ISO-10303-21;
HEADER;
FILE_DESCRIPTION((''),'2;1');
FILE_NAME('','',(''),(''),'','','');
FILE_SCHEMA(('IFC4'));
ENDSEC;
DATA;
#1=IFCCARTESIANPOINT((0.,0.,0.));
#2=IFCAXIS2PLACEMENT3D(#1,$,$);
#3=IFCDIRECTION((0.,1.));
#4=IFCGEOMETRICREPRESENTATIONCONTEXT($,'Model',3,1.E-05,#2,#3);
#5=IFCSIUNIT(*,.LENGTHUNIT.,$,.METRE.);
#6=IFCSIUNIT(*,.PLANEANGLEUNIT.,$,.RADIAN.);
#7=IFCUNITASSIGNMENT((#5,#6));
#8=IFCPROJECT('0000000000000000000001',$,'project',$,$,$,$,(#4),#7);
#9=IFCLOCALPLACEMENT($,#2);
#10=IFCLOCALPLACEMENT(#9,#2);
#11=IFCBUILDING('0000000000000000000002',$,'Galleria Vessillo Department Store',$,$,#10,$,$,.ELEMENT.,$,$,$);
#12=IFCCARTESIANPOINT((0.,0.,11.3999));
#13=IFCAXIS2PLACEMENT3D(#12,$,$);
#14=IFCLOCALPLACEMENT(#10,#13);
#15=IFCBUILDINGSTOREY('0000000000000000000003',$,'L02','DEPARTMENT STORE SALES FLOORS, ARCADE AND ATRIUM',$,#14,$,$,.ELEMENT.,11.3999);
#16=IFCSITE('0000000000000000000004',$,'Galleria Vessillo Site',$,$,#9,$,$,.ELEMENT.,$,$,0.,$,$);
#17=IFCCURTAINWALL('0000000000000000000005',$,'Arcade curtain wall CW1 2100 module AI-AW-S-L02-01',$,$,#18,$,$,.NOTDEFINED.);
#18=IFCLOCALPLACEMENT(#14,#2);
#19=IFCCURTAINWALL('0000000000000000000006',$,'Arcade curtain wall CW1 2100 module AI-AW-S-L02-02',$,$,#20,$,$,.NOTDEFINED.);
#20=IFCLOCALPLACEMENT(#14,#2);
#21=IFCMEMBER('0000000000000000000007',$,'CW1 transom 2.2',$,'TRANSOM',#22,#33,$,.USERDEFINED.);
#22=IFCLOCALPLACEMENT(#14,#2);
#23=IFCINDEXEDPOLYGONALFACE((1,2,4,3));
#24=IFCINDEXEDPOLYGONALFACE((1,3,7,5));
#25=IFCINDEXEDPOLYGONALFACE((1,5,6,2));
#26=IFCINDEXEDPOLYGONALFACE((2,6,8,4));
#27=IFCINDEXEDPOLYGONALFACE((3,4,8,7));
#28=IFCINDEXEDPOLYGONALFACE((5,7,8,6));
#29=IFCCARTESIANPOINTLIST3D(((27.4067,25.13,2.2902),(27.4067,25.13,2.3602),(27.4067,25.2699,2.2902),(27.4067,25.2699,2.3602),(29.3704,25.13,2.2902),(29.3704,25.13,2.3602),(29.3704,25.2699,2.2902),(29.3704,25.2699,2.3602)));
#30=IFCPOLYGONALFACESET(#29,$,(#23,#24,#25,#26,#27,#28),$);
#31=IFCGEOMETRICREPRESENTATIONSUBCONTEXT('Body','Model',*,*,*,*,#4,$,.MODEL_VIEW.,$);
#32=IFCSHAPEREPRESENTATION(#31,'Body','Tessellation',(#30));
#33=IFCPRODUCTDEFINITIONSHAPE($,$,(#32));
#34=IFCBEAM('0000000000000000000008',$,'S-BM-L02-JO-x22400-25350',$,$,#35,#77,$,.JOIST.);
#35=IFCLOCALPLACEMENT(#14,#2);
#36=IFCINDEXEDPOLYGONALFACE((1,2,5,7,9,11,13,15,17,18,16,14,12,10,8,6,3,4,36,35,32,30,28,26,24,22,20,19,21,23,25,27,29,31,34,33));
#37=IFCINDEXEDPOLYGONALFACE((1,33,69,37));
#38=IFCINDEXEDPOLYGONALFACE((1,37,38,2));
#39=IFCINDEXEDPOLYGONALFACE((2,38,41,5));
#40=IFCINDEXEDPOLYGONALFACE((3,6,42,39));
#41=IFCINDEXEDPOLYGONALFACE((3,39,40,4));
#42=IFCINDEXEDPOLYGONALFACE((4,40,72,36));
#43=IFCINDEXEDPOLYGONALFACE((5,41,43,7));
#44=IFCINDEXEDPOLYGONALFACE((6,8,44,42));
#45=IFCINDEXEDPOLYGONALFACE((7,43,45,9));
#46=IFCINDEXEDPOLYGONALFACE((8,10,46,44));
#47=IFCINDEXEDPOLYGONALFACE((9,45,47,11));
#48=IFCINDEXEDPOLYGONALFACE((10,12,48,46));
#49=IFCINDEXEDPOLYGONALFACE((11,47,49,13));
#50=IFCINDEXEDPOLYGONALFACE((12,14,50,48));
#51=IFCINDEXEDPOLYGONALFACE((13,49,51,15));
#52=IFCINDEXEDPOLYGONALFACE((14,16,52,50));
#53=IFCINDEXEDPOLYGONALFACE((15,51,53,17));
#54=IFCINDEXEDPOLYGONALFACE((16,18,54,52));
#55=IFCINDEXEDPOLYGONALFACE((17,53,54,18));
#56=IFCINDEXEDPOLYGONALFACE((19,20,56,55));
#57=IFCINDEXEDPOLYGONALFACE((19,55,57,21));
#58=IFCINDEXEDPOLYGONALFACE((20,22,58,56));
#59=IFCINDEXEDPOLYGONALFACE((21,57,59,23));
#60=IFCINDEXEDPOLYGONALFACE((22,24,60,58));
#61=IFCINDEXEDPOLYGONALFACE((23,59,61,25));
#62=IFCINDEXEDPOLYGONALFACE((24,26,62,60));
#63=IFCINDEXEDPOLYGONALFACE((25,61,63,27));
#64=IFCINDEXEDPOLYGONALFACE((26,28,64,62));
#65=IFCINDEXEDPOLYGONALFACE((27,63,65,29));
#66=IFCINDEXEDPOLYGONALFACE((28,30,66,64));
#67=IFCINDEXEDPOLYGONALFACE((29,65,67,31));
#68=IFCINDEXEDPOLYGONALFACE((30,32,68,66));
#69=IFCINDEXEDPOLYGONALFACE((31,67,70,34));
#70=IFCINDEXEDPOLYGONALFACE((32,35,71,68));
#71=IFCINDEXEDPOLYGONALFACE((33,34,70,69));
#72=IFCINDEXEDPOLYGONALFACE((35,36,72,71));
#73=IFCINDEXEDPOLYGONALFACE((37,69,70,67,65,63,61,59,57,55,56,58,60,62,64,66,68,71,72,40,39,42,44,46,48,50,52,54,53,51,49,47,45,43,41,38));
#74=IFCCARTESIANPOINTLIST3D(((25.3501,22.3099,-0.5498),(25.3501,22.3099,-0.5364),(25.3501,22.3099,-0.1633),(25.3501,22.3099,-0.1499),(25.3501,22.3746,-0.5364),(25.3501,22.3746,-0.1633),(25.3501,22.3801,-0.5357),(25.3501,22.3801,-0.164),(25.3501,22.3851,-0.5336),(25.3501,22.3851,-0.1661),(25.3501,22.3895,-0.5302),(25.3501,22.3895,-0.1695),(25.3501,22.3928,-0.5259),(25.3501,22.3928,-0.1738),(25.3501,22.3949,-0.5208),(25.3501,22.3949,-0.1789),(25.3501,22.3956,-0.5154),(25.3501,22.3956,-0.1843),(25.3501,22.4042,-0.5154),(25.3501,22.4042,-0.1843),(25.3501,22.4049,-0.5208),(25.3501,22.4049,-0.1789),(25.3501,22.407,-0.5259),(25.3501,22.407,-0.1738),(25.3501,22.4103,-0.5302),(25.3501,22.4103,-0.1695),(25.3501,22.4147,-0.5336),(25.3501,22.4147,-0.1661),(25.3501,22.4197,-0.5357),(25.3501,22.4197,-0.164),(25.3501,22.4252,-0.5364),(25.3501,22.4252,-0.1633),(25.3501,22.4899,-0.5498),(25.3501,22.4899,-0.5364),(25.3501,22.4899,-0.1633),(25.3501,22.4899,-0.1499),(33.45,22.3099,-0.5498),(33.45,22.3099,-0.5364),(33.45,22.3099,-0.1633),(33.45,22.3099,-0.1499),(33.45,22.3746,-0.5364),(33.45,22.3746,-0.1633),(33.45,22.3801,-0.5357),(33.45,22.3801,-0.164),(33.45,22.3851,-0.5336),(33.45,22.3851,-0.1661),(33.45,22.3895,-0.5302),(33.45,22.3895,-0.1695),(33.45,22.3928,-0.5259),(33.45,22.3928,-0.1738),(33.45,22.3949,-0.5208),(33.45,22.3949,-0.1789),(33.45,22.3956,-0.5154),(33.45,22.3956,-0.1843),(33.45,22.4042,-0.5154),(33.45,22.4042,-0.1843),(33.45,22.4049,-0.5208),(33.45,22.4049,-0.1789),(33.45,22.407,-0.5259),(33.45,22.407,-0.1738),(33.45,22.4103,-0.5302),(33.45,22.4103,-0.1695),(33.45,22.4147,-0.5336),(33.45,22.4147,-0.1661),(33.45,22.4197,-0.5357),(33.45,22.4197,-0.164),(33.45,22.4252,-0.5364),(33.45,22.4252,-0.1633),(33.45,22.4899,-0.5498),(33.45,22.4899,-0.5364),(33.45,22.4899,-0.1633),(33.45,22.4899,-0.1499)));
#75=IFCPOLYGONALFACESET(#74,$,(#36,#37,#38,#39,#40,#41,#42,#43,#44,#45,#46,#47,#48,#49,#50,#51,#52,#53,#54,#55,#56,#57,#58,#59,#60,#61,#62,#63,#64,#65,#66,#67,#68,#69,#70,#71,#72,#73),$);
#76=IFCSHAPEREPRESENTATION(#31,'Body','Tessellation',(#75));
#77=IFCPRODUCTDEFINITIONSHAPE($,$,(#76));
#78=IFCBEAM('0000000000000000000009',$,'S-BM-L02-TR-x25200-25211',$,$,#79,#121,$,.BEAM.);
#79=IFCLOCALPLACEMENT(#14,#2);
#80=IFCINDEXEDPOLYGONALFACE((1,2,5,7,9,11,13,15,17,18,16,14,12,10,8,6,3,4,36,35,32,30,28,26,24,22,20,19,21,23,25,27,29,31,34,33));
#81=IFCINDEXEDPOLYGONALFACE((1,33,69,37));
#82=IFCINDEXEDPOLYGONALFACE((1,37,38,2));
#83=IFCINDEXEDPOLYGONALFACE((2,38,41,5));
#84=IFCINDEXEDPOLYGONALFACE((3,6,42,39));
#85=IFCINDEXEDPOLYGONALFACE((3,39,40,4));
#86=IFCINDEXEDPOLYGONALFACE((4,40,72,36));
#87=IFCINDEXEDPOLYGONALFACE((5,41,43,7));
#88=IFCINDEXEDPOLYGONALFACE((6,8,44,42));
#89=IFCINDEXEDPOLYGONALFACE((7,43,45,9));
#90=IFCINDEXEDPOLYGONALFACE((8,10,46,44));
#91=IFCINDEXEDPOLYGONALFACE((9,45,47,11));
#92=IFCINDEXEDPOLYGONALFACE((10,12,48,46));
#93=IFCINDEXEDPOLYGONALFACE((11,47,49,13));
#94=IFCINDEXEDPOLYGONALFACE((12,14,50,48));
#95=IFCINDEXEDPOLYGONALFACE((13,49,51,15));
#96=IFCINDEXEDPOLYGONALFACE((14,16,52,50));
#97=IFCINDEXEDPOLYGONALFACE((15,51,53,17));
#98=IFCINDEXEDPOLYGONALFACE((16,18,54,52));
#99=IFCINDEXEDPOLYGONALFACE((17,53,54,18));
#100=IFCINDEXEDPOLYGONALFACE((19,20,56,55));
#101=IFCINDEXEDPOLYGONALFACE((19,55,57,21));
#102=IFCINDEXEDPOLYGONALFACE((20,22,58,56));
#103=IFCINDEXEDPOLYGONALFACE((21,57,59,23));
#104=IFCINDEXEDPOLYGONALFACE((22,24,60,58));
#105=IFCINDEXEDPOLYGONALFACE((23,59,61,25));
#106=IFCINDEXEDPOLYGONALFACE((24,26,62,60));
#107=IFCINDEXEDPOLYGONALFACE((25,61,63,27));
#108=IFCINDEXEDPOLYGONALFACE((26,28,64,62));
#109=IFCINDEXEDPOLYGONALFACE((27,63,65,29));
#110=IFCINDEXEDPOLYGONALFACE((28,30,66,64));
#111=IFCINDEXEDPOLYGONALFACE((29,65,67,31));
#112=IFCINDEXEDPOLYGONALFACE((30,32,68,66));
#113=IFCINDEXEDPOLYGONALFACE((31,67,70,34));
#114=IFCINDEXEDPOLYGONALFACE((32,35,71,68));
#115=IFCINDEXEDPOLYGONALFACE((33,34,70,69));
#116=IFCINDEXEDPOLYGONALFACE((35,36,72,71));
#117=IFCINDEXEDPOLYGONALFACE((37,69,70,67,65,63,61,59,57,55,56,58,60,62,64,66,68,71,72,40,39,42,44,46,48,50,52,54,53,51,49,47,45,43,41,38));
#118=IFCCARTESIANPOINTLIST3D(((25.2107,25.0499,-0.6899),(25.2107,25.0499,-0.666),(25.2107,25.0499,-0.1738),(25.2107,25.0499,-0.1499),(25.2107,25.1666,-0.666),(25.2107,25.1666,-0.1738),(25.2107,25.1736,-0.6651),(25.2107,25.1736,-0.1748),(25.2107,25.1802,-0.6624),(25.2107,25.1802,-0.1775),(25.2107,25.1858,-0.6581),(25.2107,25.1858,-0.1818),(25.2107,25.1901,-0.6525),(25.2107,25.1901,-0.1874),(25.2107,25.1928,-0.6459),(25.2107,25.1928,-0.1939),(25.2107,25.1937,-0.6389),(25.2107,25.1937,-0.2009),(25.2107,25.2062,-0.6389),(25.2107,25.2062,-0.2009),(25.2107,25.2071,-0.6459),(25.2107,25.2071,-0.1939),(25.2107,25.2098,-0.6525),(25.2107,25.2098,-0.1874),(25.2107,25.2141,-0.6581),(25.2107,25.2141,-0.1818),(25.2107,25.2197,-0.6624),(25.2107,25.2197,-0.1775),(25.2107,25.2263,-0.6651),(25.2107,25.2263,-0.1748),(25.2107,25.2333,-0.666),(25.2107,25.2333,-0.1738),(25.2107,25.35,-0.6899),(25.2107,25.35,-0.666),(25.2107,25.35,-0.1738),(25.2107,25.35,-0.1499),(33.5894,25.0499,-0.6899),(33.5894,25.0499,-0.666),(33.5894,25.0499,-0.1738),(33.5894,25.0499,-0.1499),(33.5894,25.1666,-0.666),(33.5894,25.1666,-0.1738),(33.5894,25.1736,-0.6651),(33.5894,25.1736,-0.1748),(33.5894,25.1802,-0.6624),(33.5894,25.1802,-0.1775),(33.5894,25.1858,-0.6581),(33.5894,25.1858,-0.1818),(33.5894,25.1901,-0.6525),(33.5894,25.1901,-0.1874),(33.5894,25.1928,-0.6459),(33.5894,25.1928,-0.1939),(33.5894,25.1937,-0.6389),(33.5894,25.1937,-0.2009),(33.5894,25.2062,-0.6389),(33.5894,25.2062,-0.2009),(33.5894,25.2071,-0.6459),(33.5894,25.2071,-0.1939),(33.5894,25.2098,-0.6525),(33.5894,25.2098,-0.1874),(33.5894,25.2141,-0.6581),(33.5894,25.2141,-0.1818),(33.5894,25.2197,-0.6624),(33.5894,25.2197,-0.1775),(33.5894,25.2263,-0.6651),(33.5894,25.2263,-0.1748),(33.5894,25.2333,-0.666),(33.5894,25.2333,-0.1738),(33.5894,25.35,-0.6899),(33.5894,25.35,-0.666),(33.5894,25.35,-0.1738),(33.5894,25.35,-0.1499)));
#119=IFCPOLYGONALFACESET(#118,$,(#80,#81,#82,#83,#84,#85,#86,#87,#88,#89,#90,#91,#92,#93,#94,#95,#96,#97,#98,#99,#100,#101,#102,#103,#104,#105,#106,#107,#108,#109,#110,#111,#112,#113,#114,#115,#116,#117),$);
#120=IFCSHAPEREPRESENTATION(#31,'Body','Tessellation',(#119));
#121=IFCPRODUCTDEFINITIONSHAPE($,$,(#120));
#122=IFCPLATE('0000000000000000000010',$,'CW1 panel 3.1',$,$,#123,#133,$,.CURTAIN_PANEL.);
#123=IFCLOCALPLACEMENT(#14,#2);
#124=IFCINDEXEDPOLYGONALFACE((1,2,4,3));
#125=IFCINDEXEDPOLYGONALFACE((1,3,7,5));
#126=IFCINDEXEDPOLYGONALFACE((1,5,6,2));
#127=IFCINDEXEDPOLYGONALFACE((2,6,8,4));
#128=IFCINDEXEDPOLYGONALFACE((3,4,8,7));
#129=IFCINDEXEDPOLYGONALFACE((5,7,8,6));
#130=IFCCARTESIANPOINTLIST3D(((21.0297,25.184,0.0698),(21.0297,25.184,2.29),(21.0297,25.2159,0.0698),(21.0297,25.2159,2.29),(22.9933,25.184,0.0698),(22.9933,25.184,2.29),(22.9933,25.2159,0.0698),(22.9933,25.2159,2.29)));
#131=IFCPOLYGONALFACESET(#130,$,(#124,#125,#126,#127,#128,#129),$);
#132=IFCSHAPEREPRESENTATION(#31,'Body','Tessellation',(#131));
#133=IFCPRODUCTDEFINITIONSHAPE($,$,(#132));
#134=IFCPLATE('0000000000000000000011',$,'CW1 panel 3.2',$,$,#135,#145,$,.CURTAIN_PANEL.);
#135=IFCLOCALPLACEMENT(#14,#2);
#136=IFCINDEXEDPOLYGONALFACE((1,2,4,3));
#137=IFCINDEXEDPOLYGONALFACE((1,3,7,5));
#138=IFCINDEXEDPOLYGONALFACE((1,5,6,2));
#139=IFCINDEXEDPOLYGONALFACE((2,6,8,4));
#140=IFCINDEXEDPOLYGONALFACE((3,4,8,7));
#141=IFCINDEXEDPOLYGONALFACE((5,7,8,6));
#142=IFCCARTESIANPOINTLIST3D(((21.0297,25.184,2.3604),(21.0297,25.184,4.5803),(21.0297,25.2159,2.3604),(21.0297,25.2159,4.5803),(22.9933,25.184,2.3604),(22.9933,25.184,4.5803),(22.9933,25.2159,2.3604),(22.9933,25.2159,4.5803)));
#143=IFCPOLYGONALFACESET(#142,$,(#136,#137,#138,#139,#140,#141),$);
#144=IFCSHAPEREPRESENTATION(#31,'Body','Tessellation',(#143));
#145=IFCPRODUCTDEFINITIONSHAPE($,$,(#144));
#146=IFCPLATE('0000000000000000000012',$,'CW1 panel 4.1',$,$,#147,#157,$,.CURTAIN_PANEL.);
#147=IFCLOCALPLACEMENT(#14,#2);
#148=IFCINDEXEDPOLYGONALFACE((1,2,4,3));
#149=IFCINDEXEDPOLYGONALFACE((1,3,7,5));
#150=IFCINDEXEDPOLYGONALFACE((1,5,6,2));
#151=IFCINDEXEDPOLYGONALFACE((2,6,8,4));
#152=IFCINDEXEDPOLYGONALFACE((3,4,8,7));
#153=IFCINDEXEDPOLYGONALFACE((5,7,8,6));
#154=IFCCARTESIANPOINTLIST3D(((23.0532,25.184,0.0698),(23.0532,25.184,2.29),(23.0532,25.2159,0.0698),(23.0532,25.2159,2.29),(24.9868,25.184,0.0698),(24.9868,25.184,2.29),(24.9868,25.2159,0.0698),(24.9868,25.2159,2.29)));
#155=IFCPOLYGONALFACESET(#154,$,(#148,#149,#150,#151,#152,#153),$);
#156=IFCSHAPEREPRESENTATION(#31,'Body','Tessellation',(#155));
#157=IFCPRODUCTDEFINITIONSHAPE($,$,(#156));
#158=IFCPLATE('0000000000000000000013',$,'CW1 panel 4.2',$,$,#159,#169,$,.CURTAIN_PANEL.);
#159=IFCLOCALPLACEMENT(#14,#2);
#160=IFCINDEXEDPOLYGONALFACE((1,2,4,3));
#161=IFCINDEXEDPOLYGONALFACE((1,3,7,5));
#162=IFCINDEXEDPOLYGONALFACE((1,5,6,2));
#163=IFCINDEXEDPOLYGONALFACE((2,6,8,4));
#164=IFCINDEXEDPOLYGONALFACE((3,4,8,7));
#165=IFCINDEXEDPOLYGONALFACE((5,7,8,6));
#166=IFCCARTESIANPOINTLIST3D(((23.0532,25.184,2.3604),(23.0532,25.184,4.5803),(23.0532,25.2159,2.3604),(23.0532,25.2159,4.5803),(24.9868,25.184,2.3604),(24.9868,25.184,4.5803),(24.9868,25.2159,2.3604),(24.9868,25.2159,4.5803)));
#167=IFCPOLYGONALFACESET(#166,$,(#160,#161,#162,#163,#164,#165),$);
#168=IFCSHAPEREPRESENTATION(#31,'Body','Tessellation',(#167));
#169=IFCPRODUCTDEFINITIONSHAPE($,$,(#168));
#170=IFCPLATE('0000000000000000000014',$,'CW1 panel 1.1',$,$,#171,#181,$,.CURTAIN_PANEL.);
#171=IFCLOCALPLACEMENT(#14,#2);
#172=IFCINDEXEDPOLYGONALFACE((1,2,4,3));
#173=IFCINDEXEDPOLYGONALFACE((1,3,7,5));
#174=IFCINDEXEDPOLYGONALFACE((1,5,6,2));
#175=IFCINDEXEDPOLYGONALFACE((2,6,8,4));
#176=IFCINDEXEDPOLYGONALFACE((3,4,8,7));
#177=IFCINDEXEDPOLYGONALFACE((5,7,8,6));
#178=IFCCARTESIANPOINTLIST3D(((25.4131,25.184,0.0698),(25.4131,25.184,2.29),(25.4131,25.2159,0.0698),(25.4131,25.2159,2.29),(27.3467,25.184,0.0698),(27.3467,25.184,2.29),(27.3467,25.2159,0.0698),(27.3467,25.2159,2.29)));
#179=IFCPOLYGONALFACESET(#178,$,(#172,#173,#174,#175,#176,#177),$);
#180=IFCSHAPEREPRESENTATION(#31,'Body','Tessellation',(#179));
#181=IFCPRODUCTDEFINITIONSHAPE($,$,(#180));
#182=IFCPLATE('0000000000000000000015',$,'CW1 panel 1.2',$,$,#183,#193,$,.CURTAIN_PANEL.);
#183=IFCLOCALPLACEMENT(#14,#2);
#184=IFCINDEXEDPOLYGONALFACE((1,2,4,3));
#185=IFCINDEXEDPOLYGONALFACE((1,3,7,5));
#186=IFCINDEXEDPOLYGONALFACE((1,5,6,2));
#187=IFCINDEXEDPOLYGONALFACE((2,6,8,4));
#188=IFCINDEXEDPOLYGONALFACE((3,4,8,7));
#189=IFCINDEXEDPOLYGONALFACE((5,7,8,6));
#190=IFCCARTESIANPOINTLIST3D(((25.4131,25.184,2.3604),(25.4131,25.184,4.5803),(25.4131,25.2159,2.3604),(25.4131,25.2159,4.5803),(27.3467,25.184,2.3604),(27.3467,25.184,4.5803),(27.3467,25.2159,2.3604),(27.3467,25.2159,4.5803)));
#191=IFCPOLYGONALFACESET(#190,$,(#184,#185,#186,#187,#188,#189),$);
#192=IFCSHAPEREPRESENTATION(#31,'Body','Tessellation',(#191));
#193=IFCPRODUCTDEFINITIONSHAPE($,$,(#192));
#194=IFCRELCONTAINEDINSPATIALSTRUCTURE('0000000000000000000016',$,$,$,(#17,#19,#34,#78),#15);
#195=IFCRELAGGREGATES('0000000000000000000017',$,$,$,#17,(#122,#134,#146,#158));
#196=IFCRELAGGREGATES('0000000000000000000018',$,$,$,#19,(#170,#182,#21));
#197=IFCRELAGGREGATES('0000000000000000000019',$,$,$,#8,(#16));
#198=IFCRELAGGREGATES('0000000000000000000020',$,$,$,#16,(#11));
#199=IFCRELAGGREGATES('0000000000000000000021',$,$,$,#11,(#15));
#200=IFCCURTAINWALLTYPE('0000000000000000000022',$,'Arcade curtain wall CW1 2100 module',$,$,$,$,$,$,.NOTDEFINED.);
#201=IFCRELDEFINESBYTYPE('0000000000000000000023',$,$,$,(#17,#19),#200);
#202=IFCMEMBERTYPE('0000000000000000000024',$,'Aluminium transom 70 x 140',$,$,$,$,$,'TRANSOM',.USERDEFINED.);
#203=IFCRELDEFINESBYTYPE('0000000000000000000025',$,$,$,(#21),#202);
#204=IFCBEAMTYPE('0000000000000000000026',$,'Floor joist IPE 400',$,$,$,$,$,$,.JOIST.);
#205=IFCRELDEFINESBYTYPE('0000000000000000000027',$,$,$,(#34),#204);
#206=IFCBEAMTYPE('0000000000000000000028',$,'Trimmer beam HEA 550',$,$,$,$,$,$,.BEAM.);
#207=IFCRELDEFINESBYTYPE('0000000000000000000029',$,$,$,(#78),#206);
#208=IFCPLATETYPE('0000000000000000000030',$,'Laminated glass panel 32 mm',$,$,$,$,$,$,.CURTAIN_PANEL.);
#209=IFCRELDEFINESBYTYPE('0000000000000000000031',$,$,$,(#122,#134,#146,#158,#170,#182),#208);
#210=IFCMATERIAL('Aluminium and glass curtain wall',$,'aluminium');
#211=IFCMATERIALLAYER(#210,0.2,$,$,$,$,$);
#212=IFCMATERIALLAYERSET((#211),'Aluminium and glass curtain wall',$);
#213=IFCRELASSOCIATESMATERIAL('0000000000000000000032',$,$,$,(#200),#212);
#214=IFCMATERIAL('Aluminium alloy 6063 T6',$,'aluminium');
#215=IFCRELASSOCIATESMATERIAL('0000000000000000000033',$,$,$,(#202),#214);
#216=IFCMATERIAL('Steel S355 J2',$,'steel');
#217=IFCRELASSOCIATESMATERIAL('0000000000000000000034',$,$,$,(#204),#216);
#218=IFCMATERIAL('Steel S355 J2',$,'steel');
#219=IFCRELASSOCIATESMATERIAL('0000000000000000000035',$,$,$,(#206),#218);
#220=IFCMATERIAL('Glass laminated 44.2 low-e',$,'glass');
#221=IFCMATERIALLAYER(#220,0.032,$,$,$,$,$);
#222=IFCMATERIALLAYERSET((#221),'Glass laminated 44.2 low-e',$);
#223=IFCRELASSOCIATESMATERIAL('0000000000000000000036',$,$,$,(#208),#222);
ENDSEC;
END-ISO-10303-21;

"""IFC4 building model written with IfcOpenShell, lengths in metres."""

from ifc_helpers import new_model, si_unit, direction, frame, origin, origin_2d, place, context, subcontext, project, spatial, rectangle, i_section, extrude, material, layer, layer_set, material_profile, profile_set, type_object, element, aggregate, save


model = new_model("IFC4")

# Units and contexts
model_context = context("Model", 3, precision=1e-05, world=origin(), true_north=direction((0.0, 1.0)))
body_context = subcontext(model_context, "Body", "Model", "MODEL_VIEW")
ifc_project = project(units=[si_unit("LENGTHUNIT", "METRE"), si_unit("PLANEANGLEUNIT", "RADIAN")], contexts=[model_context])

# Site, building, storey
site_placement = place(None, origin())
site = spatial("IfcSite", under=ifc_project, at=site_placement, Name="Galleria Vessillo Site", CompositionType="ELEMENT", RefElevation=0.0)
building_placement = place(site_placement, origin())
building = spatial("IfcBuilding", under=site, at=building_placement, Name="Galleria Vessillo Department Store", CompositionType="ELEMENT")
storey_placement = place(building_placement, frame((0.0, 0.0, 11.3999)))
storey = spatial("IfcBuildingStorey", under=building, at=storey_placement, Name="L02", Description="DEPARTMENT STORE SALES FLOORS, ARCADE AND ATRIUM", CompositionType="ELEMENT", Elevation=11.3999)

# Curtain walls
ifc_material_1 = material(Name="Aluminium and glass curtain wall", Category="aluminium")
ifc_layer_1 = layer(ifc_material_1, 0.2)
ifc_layer_set_1 = layer_set([ifc_layer_1], Name="Aluminium and glass curtain wall")
curtain_wall_type = type_object("IfcCurtainWallType", Name="Arcade curtain wall CW1 2100 module", PredefinedType="NOTDEFINED", material=ifc_layer_set_1)
curtain_wall_1_placement = place(storey_placement, origin())
curtain_wall_1 = element("IfcCurtainWall", 1, at=curtain_wall_1_placement, inside=storey, type_object=curtain_wall_type, Name="Arcade curtain wall CW1 2100 module AI-AW-S-L02-01", PredefinedType="NOTDEFINED")
curtain_wall_2_placement = place(storey_placement, origin())
curtain_wall_2 = element("IfcCurtainWall", 2, at=curtain_wall_2_placement, inside=storey, type_object=curtain_wall_type, Name="Arcade curtain wall CW1 2100 module AI-AW-S-L02-02", PredefinedType="NOTDEFINED")

# Member
ifc_material_2 = material(Name="Aluminium alloy 6063 T6", Category="aluminium")
ifc_material_profile_1 = material_profile(ifc_material_2, rectangle(XDim=0.1399, YDim=0.0701, at=origin_2d()), Name="AL 70x140")
ifc_profile_set_1 = profile_set([ifc_material_profile_1], Name="Aluminium alloy 6063 T6")
member_type_1 = type_object("IfcMemberType", Name="Aluminium transom 70 x 140", ElementType="TRANSOM", PredefinedType="USERDEFINED", material=ifc_profile_set_1)
member_1_placement = place(storey_placement, frame((27.4067, 25.2, 2.3252), z_axis=(1.0, 0.0, 0.0), x_axis=(0.0, 1.0, 0.0)))
member_1 = element("IfcMember", 3, at=member_1_placement, type_object=member_type_1, Name="CW1 transom 2.2", ObjectType="TRANSOM", PredefinedType="USERDEFINED", context=body_context, shape_type="SweptSolid", body=[
    extrude(rectangle(XDim=0.1399, YDim=0.0701, at=origin_2d()), origin(), (0.0, 0.0, 1.0), 1.9636),
])

# Beams
ifc_material_3 = material(Name="Steel S355 J2", Category="steel")
ifc_material_profile_2 = material_profile(ifc_material_3, i_section(OverallWidth=0.1799, OverallDepth=0.3999, WebThickness=0.0085, FlangeThickness=0.0134, FilletRadius=0.021, at=origin_2d()), Name="IPE 400")
ifc_profile_set_2 = profile_set([ifc_material_profile_2], Name="Steel S355 J2")
beam_type_1 = type_object("IfcBeamType", Name="Floor joist IPE 400", PredefinedType="JOIST", material=ifc_profile_set_2)
beam_1_placement = place(storey_placement, frame((25.3501, 22.3999, -0.3499), z_axis=(1.0, 0.0, 0.0), x_axis=(0.0, 1.0, 0.0)))
element("IfcBeam", 4, at=beam_1_placement, inside=storey, type_object=beam_type_1, Name="S-BM-L02-JO-x22400-25350", PredefinedType="JOIST", context=body_context, shape_type="SweptSolid", body=[
    extrude(i_section(OverallWidth=0.1799, OverallDepth=0.3999, WebThickness=0.0085, FlangeThickness=0.0134, FilletRadius=0.021, at=origin_2d()), origin(), (0.0, 0.0, 1.0), 8.0999),
])
ifc_material_4 = material(Name="Steel S355 J2", Category="steel")
ifc_material_profile_3 = material_profile(ifc_material_4, i_section(OverallWidth=0.3, OverallDepth=0.54, WebThickness=0.0125, FlangeThickness=0.0239, FilletRadius=0.0271, at=origin_2d()), Name="HEA 550")
ifc_profile_set_3 = profile_set([ifc_material_profile_3], Name="Steel S355 J2")
beam_type_2 = type_object("IfcBeamType", Name="Trimmer beam HEA 550", PredefinedType="BEAM", material=ifc_profile_set_3)
beam_2_placement = place(storey_placement, frame((25.2107, 25.2, -0.4199), z_axis=(1.0, 0.0, 0.0), x_axis=(0.0, 1.0, 0.0)))
element("IfcBeam", 5, at=beam_2_placement, inside=storey, type_object=beam_type_2, Name="S-BM-L02-TR-x25200-25211", PredefinedType="BEAM", context=body_context, shape_type="SweptSolid", body=[
    extrude(i_section(OverallWidth=0.3, OverallDepth=0.54, WebThickness=0.0125, FlangeThickness=0.0239, FilletRadius=0.0271, at=origin_2d()), origin(), (0.0, 0.0, 1.0), 8.3787),
])

# Plates
ifc_material_5 = material(Name="Glass laminated 44.2 low-e", Category="glass")
ifc_layer_2 = layer(ifc_material_5, 0.032)
ifc_layer_set_2 = layer_set([ifc_layer_2], Name="Glass laminated 44.2 low-e")
plate_type = type_object("IfcPlateType", Name="Laminated glass panel 32 mm", PredefinedType="CURTAIN_PANEL", material=ifc_layer_set_2)
plate_1_placement = place(storey_placement, frame((22.0115, 25.2, 0.0698), z_axis=(0.0, 0.0, 1.0), x_axis=(1.0, 0.0, 0.0)))
plate_1 = element("IfcPlate", 6, at=plate_1_placement, type_object=plate_type, Name="CW1 panel 3.1", PredefinedType="CURTAIN_PANEL", context=body_context, shape_type="SweptSolid", body=[
    extrude(rectangle(XDim=1.9636, YDim=0.032, at=origin_2d()), origin(), (0.0, 0.0, 1.0), 2.2202),
])
plate_2_placement = place(storey_placement, frame((22.0115, 25.2, 2.3604), z_axis=(0.0, 0.0, 1.0), x_axis=(1.0, 0.0, 0.0)))
plate_2 = element("IfcPlate", 7, at=plate_2_placement, type_object=plate_type, Name="CW1 panel 3.2", PredefinedType="CURTAIN_PANEL", context=body_context, shape_type="SweptSolid", body=[
    extrude(rectangle(XDim=1.9636, YDim=0.032, at=origin_2d()), origin(), (0.0, 0.0, 1.0), 2.22),
])
plate_3_placement = place(storey_placement, frame((24.02, 25.2, 0.0698), z_axis=(0.0, 0.0, 1.0), x_axis=(1.0, 0.0, 0.0)))
plate_3 = element("IfcPlate", 8, at=plate_3_placement, type_object=plate_type, Name="CW1 panel 4.1", PredefinedType="CURTAIN_PANEL", context=body_context, shape_type="SweptSolid", body=[
    extrude(rectangle(XDim=1.9336, YDim=0.032, at=origin_2d()), origin(), (0.0, 0.0, 1.0), 2.2202),
])
plate_4_placement = place(storey_placement, frame((24.02, 25.2, 2.3604), z_axis=(0.0, 0.0, 1.0), x_axis=(1.0, 0.0, 0.0)))
plate_4 = element("IfcPlate", 9, at=plate_4_placement, type_object=plate_type, Name="CW1 panel 4.2", PredefinedType="CURTAIN_PANEL", context=body_context, shape_type="SweptSolid", body=[
    extrude(rectangle(XDim=1.9336, YDim=0.032, at=origin_2d()), origin(), (0.0, 0.0, 1.0), 2.22),
])
aggregate(curtain_wall_1, [plate_1, plate_2, plate_3, plate_4])
plate_5_placement = place(storey_placement, frame((26.3799, 25.2, 0.0698), z_axis=(0.0, 0.0, 1.0), x_axis=(1.0, 0.0, 0.0)))
plate_5 = element("IfcPlate", 10, at=plate_5_placement, type_object=plate_type, Name="CW1 panel 1.1", PredefinedType="CURTAIN_PANEL", context=body_context, shape_type="SweptSolid", body=[
    extrude(rectangle(XDim=1.9336, YDim=0.032, at=origin_2d()), origin(), (0.0, 0.0, 1.0), 2.2202),
])
plate_6_placement = place(storey_placement, frame((26.3799, 25.2, 2.3604), z_axis=(0.0, 0.0, 1.0), x_axis=(1.0, 0.0, 0.0)))
plate_6 = element("IfcPlate", 11, at=plate_6_placement, type_object=plate_type, Name="CW1 panel 1.2", PredefinedType="CURTAIN_PANEL", context=body_context, shape_type="SweptSolid", body=[
    extrude(rectangle(XDim=1.9336, YDim=0.032, at=origin_2d()), origin(), (0.0, 0.0, 1.0), 2.22),
])
aggregate(curtain_wall_2, [plate_5, plate_6, member_1])

save(model, "model.ifc")
